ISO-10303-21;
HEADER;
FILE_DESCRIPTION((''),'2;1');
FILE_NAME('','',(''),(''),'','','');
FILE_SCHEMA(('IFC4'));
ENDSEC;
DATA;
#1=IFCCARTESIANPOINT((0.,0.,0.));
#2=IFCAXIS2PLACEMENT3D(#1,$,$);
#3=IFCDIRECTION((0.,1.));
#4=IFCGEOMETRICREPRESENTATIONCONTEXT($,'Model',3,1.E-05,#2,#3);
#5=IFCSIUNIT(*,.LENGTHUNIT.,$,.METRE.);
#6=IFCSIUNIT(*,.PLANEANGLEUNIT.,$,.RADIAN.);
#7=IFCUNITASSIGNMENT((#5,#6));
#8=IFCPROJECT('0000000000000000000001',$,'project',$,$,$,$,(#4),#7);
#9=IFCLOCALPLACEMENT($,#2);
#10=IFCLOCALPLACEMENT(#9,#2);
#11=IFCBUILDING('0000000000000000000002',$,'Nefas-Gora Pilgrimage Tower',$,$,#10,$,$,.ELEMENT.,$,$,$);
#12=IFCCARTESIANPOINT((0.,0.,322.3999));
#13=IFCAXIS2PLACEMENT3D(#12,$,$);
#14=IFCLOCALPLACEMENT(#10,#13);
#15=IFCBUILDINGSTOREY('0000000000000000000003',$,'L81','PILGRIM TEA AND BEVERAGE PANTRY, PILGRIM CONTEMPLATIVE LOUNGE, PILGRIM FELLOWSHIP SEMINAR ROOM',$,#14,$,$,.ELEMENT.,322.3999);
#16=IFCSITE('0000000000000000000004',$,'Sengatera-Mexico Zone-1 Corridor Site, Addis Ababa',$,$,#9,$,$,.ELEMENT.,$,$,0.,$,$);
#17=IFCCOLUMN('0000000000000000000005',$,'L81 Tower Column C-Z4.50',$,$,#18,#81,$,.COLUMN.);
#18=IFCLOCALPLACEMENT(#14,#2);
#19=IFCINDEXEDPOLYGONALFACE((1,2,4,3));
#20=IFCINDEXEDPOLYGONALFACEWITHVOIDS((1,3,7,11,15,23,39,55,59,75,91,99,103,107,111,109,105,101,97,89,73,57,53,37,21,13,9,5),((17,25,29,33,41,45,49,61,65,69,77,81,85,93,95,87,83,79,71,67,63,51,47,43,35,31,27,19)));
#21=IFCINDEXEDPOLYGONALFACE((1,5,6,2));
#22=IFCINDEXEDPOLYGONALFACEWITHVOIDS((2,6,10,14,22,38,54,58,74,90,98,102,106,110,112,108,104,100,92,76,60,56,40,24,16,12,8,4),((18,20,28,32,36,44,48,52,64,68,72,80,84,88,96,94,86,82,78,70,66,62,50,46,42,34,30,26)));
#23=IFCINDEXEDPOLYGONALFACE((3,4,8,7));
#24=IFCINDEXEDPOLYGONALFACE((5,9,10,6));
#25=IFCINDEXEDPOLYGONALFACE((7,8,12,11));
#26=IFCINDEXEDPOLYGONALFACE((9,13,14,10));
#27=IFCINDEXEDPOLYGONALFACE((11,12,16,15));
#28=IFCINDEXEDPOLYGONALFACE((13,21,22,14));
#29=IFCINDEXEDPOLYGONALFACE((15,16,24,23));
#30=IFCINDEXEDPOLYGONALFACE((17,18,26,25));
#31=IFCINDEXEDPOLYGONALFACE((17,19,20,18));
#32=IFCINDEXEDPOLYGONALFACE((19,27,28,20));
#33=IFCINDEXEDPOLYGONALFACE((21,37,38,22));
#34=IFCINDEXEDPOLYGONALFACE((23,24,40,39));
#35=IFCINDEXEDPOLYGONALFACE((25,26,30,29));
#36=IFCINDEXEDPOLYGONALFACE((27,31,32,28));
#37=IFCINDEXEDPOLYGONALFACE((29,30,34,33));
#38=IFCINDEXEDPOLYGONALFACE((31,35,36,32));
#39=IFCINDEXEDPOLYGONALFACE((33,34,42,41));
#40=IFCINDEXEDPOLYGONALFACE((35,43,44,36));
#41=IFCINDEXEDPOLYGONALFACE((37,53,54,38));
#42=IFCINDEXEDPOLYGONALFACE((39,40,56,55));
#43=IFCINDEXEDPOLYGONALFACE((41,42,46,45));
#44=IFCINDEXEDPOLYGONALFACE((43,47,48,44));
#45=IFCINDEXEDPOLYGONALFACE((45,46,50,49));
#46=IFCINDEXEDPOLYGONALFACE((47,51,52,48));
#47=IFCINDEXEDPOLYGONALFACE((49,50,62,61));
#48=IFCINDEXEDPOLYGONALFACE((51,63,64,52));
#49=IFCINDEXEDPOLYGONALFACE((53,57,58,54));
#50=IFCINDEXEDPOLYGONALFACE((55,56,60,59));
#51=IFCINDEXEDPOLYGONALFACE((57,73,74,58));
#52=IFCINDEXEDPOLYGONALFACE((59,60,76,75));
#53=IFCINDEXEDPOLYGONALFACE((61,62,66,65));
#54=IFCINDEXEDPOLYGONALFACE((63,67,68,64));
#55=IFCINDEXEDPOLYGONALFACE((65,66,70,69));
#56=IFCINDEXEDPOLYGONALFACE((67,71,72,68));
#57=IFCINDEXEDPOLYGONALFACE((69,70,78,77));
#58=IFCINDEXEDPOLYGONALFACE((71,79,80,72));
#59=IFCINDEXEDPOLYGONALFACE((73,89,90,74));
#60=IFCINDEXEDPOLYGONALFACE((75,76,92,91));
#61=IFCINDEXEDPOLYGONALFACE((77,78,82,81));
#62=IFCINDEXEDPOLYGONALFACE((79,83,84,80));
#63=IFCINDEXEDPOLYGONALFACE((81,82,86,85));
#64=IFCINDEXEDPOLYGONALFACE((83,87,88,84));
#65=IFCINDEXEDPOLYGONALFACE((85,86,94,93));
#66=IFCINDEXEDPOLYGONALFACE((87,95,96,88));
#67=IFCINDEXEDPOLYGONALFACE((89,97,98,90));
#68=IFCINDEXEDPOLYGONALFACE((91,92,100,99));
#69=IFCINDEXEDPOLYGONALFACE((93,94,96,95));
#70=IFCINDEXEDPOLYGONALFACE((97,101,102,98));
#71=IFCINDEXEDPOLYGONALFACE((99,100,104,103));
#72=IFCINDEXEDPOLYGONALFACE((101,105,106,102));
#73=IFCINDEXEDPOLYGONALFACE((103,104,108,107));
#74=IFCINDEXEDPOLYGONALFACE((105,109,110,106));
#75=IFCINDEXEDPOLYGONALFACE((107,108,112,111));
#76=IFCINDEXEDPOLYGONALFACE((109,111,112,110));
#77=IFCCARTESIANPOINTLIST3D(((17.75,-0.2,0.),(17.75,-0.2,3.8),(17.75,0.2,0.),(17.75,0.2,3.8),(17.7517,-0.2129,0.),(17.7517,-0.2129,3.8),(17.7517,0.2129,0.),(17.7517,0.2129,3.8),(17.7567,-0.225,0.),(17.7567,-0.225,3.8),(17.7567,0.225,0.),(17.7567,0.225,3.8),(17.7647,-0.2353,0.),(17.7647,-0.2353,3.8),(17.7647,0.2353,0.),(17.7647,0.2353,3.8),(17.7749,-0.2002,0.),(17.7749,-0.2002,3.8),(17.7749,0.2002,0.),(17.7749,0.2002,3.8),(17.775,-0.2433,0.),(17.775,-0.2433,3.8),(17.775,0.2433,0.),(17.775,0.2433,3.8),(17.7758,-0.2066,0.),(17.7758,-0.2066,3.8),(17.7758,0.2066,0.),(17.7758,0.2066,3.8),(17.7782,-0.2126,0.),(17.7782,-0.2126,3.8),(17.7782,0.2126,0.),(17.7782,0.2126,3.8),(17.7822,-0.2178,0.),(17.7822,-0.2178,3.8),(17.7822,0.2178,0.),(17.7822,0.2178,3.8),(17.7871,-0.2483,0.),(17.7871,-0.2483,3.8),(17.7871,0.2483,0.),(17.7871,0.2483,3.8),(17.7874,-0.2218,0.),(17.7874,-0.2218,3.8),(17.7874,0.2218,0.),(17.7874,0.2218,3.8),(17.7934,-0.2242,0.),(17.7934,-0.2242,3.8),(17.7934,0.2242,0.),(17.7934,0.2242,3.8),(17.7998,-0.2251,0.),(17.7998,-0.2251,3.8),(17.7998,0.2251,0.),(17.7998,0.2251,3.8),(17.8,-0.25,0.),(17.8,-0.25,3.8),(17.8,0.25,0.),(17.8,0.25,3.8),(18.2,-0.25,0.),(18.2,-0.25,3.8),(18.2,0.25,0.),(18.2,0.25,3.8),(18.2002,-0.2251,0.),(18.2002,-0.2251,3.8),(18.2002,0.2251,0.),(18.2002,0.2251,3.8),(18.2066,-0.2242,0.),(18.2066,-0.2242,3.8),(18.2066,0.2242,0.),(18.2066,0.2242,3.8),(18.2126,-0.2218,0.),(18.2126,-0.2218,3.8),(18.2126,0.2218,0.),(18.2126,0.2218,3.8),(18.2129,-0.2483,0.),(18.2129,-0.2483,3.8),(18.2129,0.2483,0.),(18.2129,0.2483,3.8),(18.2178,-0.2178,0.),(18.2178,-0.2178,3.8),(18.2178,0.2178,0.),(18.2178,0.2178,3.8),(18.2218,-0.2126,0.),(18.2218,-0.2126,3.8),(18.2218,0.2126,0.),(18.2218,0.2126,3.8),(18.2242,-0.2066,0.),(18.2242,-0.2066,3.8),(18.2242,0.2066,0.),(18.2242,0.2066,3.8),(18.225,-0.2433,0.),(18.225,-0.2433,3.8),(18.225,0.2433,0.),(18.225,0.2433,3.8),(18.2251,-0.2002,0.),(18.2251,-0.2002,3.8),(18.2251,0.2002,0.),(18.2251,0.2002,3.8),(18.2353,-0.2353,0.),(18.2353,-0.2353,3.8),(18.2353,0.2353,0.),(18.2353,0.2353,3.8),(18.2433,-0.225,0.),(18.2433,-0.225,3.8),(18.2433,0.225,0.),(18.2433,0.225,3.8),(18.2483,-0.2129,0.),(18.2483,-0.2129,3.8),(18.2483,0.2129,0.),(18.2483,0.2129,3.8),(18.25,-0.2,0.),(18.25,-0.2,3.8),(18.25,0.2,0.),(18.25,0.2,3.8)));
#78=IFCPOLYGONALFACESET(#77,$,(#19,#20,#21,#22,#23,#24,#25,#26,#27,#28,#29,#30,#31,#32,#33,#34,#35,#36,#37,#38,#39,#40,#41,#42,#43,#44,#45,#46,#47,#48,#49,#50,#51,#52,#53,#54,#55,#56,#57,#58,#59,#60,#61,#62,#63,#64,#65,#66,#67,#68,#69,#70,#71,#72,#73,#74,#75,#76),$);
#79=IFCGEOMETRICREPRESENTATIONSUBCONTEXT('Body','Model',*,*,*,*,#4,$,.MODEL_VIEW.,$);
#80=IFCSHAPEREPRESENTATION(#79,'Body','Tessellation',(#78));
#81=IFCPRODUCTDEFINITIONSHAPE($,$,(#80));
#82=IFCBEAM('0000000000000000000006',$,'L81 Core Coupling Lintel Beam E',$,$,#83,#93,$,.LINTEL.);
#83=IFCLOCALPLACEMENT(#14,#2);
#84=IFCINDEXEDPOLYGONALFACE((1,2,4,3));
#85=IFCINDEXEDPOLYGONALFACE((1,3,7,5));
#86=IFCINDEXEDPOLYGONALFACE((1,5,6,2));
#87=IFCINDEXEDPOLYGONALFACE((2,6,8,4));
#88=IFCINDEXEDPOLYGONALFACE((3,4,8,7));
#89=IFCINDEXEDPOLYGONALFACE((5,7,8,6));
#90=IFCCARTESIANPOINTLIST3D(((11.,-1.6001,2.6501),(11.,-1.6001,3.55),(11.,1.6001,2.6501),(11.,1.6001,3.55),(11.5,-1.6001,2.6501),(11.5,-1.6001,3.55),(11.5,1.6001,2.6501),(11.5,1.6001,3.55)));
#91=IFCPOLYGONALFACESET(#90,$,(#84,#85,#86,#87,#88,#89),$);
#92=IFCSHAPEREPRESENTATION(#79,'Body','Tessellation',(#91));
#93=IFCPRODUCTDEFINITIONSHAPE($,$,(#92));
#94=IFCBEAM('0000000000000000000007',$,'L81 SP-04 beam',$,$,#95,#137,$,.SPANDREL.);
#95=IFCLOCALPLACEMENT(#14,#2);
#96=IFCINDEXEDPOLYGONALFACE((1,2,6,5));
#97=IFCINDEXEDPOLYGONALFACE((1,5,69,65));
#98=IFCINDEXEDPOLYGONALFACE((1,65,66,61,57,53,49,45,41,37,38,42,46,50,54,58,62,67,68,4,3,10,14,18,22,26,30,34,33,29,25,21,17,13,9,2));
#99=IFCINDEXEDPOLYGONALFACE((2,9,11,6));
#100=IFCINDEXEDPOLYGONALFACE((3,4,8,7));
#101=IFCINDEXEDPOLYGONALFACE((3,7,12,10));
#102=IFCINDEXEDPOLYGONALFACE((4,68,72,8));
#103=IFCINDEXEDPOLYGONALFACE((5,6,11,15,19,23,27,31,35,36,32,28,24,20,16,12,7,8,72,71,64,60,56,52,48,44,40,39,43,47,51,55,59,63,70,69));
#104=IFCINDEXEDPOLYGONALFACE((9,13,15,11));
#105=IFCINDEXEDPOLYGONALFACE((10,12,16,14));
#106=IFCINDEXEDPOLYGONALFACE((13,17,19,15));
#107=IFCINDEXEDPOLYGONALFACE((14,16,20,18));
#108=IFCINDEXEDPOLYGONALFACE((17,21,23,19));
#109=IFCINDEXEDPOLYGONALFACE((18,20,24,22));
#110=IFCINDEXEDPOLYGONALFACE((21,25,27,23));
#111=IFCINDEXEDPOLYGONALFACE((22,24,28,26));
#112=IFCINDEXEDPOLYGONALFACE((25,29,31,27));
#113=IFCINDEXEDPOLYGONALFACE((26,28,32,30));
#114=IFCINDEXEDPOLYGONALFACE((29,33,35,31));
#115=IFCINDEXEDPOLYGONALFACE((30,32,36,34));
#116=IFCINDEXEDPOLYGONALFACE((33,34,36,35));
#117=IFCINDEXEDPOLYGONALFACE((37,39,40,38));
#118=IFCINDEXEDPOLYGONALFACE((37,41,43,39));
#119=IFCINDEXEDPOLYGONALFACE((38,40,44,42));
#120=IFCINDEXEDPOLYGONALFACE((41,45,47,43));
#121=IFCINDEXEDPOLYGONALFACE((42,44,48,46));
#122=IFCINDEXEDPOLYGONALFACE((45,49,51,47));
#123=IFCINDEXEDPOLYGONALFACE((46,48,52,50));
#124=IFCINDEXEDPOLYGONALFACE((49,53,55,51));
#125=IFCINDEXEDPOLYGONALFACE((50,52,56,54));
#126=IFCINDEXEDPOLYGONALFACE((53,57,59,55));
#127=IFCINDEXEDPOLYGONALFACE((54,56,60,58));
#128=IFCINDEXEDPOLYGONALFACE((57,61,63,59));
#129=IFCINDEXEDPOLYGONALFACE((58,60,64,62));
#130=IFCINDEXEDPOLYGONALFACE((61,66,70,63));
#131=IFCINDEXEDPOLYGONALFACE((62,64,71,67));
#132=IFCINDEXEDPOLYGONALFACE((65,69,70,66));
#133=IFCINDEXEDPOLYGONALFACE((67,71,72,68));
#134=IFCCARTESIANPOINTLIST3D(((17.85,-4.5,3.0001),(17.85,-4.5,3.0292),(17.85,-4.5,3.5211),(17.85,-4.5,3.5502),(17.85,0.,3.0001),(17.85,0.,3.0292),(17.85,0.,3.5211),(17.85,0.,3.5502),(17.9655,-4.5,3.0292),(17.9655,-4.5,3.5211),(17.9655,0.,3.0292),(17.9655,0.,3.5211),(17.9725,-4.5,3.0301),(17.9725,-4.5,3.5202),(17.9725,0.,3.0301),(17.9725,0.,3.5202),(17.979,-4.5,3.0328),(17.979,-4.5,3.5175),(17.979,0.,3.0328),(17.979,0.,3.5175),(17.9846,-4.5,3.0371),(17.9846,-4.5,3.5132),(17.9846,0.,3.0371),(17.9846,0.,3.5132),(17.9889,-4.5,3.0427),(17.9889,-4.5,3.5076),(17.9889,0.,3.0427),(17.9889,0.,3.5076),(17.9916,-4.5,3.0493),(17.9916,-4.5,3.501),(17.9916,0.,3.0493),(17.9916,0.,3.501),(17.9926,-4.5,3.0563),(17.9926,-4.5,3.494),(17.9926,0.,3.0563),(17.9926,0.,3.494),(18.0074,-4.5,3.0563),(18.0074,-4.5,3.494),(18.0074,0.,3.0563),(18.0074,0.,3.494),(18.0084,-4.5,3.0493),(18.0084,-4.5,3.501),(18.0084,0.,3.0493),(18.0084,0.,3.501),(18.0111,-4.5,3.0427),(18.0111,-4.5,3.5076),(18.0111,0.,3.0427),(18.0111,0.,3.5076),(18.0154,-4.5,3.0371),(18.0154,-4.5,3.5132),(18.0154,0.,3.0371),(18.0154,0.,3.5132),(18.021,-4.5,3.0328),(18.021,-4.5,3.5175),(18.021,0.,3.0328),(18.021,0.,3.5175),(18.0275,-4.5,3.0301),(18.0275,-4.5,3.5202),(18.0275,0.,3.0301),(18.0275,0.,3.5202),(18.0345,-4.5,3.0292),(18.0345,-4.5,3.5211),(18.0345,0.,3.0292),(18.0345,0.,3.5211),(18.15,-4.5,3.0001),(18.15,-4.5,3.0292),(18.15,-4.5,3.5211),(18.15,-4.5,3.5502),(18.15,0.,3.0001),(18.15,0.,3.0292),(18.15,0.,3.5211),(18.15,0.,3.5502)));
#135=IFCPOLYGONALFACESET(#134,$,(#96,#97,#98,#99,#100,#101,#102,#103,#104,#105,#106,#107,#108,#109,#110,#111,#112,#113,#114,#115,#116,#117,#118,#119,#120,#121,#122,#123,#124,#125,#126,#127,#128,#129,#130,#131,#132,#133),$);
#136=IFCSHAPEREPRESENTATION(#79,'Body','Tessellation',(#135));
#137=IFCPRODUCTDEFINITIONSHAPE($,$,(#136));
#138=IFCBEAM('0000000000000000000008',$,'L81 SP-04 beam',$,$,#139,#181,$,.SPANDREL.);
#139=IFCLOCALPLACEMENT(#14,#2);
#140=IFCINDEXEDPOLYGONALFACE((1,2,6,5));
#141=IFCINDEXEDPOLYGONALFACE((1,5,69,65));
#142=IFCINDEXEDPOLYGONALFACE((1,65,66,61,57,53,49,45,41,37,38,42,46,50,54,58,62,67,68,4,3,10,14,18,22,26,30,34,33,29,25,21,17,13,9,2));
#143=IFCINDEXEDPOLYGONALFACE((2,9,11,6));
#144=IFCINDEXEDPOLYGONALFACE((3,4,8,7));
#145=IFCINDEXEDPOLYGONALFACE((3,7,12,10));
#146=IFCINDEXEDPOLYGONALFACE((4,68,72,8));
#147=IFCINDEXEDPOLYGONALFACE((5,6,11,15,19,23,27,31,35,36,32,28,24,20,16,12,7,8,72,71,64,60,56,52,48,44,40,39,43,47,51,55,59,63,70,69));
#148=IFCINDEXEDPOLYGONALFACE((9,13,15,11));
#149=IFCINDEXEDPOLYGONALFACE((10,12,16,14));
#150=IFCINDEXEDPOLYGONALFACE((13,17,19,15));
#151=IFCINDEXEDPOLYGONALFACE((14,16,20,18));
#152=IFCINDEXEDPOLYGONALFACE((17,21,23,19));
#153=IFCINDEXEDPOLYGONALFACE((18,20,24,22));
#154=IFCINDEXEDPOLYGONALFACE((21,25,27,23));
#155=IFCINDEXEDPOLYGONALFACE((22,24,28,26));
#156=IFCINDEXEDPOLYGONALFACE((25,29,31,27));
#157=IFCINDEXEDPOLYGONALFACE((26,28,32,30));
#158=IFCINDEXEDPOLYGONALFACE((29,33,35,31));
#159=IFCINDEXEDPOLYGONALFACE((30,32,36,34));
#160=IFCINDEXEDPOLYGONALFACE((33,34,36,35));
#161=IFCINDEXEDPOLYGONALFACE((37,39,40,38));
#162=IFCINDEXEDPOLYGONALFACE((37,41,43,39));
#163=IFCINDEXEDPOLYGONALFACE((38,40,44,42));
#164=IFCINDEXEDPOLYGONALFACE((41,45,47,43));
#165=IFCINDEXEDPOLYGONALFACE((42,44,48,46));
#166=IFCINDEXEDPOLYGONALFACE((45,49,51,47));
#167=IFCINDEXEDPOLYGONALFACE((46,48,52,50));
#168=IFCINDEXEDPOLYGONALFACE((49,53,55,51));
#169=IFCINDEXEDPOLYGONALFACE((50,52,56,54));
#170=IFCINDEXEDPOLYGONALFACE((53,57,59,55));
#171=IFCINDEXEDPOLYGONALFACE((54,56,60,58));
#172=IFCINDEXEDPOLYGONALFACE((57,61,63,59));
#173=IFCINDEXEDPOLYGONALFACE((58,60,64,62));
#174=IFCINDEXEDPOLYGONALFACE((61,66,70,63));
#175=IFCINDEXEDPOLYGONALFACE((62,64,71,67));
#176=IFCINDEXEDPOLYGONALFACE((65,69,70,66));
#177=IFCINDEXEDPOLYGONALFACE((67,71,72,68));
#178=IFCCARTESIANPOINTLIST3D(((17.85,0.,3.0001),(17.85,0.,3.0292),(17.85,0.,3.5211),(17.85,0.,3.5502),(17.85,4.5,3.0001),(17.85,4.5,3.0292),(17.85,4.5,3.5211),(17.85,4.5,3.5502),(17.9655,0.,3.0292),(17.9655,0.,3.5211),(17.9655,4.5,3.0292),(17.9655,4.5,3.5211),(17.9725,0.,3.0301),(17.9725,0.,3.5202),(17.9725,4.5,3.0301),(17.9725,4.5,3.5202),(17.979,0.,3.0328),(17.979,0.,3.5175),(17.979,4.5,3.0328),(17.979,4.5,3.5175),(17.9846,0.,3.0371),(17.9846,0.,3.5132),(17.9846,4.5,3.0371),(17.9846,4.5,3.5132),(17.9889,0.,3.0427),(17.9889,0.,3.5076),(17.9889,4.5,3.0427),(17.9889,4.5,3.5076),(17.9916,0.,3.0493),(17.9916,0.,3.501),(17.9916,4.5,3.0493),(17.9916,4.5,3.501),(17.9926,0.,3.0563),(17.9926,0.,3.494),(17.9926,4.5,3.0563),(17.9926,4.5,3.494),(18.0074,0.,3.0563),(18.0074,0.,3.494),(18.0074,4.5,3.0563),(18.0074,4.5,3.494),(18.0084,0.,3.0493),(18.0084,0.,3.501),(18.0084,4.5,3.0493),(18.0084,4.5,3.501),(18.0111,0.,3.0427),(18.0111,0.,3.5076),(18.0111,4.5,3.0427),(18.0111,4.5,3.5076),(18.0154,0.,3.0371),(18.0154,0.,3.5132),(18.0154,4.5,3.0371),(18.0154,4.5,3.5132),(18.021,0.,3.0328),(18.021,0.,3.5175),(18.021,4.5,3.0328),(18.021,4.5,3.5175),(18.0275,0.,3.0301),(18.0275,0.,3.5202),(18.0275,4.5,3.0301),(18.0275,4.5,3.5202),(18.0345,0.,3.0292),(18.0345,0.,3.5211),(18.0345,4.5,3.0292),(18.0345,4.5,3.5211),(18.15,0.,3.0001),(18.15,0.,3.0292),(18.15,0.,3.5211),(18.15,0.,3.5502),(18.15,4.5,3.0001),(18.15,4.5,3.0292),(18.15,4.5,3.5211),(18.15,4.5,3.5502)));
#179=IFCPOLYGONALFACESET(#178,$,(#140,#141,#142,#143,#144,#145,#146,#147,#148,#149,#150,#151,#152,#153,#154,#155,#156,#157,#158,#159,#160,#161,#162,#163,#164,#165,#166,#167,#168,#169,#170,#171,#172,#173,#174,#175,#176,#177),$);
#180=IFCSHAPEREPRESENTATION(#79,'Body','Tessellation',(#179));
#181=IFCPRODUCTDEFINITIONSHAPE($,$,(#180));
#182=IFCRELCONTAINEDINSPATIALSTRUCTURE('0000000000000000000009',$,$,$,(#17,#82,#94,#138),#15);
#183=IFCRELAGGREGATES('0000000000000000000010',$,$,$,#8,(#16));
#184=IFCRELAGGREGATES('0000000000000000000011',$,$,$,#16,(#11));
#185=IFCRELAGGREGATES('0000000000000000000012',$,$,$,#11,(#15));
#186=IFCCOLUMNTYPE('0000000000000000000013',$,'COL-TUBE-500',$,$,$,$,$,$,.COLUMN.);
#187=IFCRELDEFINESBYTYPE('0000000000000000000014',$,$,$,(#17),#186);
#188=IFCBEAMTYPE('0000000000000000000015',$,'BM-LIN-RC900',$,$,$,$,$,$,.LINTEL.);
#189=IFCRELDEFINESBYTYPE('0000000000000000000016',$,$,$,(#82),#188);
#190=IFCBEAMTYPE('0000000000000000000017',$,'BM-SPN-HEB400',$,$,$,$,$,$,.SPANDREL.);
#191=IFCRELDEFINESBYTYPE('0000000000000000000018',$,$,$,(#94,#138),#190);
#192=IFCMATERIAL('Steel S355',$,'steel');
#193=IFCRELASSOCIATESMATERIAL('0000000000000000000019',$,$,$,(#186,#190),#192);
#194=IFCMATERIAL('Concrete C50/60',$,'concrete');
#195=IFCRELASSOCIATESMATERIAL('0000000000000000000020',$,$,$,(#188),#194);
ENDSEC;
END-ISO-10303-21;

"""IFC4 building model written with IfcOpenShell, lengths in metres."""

from ifc_helpers import new_model, si_unit, direction, frame, origin, origin_2d, place, context, subcontext, project, spatial, rectangle, hollow_rectangle, i_section, extrude, source, transform, mapped, material, material_profile, profile_set, type_object, element, save


model = new_model("IFC4")

# Units and contexts
model_context = context("Model", 3, precision=1e-05, world=origin(), true_north=direction((0.0, 1.0)))
body_context = subcontext(model_context, "Body", "Model", "MODEL_VIEW")
ifc_project = project(units=[si_unit("LENGTHUNIT", "METRE"), si_unit("PLANEANGLEUNIT", "RADIAN")], contexts=[model_context])

# Site, building, storey
site_placement = place(None, origin())
site = spatial("IfcSite", under=ifc_project, at=site_placement, Name="Sengatera-Mexico Zone-1 Corridor Site, Addis Ababa", CompositionType="ELEMENT", RefElevation=0.0)
building_placement = place(site_placement, origin())
building = spatial("IfcBuilding", under=site, at=building_placement, Name="Nefas-Gora Pilgrimage Tower", CompositionType="ELEMENT")
storey_placement = place(building_placement, frame((0.0, 0.0, 322.3999)))
storey = spatial("IfcBuildingStorey", under=building, at=storey_placement, Name="L81", Description="PILGRIM TEA AND BEVERAGE PANTRY, PILGRIM CONTEMPLATIVE LOUNGE, PILGRIM FELLOWSHIP SEMINAR ROOM", CompositionType="ELEMENT", Elevation=322.3999)

# Column
ifc_material_1 = material(Name="Steel S355", Category="steel")
ifc_material_profile_1 = material_profile(ifc_material_1, hollow_rectangle(XDim=0.5, YDim=0.5, WallThickness=0.0249, InnerFilletRadius=0.0249, OuterFilletRadius=0.05, at=origin_2d()), Name="SHS 500x500x25")
ifc_profile_set_1 = profile_set([ifc_material_profile_1], Name="Steel S355")
column_type_1 = type_object("IfcColumnType", Name="COL-TUBE-500", PredefinedType="COLUMN", material=ifc_profile_set_1)
shared_shape_1 = source(origin(), body_context, "Body", "SweptSolid", [
    extrude(hollow_rectangle(XDim=0.5, YDim=0.5, WallThickness=0.0249, InnerFilletRadius=0.0249, OuterFilletRadius=0.05, at=origin_2d()), origin(), (0.0, 0.0, 1.0), 3.8),
])
for number, where, z_axis, x_axis, name in (
    (1, (18.0, 0.0, 0.0), (0.0, 0.0, 1.0), (1.0, 0.0, 0.0), "L81 Tower Column C-Z4.50"),
):
    element("IfcColumn", number, at=place(storey_placement, frame(where, z_axis=z_axis, x_axis=x_axis)), inside=storey, type_object=column_type_1, Name=name, PredefinedType="COLUMN", context=body_context, shape_type="MappedRepresentation", body=[
        mapped(shared_shape_1, transform((0.0, 0.0, 0.0), x_axis=(1.0, 0.0, 0.0), y_axis=(0.0, 1.0, 0.0), z_axis=(0.0, 0.0, 1.0), scale=1.0)),
    ])

# Beams
ifc_material_2 = material(Name="Concrete C50/60", Category="concrete")
ifc_material_profile_2 = material_profile(ifc_material_2, rectangle(XDim=0.5, YDim=0.8999, at=origin_2d()), Name="RC 500x900")
ifc_profile_set_2 = profile_set([ifc_material_profile_2], Name="Concrete C50/60")
beam_type_1 = type_object("IfcBeamType", Name="BM-LIN-RC900", PredefinedType="LINTEL", material=ifc_profile_set_2)
shared_shape_2 = source(origin(), body_context, "Body", "SweptSolid", [
    extrude(rectangle(XDim=0.5, YDim=0.8999, at=origin_2d()), origin(), (0.0, 0.0, 1.0), 3.2002),
])
beam_placement = place(storey_placement, frame((11.25, -1.6001, 3.1001), z_axis=(0.0, 1.0, 0.0), x_axis=(-1.0, 0.0, 0.0)))
element("IfcBeam", 2, at=beam_placement, inside=storey, type_object=beam_type_1, Name="L81 Core Coupling Lintel Beam E", PredefinedType="LINTEL", context=body_context, shape_type="MappedRepresentation", body=[
    mapped(shared_shape_2, transform((0.0, 0.0, 0.0), x_axis=(1.0, 0.0, 0.0), y_axis=(0.0, 1.0, 0.0), z_axis=(0.0, 0.0, 1.0), scale=1.0)),
])
ifc_material_profile_3 = material_profile(ifc_material_1, i_section(OverallWidth=0.3, OverallDepth=0.55, WebThickness=0.0149, FlangeThickness=0.0291, FilletRadius=0.0271, at=origin_2d()), Name="HEB 550")
ifc_profile_set_3 = profile_set([ifc_material_profile_3], Name="Steel S355")
beam_type_2 = type_object("IfcBeamType", Name="BM-SPN-HEB400", PredefinedType="SPANDREL", material=ifc_profile_set_3)
shared_shape_3 = source(origin(), body_context, "Body", "SweptSolid", [
    extrude(i_section(OverallWidth=0.3, OverallDepth=0.55, WebThickness=0.0149, FlangeThickness=0.0291, FilletRadius=0.0271, at=origin_2d()), origin(), (0.0, 0.0, 1.0), 4.5),
])
for number, where, z_axis, x_axis, name in (
    (3, (18.0, -4.5, 3.2751), (0.0, 1.0, 0.0), (-1.0, 0.0, 0.0), "L81 SP-04 beam"),
    (4, (18.0, 0.0, 3.2751), (0.0, 1.0, 0.0), (-1.0, 0.0, 0.0), "L81 SP-04 beam"),
):
    element("IfcBeam", number, at=place(storey_placement, frame(where, z_axis=z_axis, x_axis=x_axis)), inside=storey, type_object=beam_type_2, Name=name, PredefinedType="SPANDREL", context=body_context, shape_type="MappedRepresentation", body=[
        mapped(shared_shape_3, transform((0.0, 0.0, 0.0), x_axis=(1.0, 0.0, 0.0), y_axis=(0.0, 1.0, 0.0), z_axis=(0.0, 0.0, 1.0), scale=1.0)),
    ])

save(model, "model.ifc")
